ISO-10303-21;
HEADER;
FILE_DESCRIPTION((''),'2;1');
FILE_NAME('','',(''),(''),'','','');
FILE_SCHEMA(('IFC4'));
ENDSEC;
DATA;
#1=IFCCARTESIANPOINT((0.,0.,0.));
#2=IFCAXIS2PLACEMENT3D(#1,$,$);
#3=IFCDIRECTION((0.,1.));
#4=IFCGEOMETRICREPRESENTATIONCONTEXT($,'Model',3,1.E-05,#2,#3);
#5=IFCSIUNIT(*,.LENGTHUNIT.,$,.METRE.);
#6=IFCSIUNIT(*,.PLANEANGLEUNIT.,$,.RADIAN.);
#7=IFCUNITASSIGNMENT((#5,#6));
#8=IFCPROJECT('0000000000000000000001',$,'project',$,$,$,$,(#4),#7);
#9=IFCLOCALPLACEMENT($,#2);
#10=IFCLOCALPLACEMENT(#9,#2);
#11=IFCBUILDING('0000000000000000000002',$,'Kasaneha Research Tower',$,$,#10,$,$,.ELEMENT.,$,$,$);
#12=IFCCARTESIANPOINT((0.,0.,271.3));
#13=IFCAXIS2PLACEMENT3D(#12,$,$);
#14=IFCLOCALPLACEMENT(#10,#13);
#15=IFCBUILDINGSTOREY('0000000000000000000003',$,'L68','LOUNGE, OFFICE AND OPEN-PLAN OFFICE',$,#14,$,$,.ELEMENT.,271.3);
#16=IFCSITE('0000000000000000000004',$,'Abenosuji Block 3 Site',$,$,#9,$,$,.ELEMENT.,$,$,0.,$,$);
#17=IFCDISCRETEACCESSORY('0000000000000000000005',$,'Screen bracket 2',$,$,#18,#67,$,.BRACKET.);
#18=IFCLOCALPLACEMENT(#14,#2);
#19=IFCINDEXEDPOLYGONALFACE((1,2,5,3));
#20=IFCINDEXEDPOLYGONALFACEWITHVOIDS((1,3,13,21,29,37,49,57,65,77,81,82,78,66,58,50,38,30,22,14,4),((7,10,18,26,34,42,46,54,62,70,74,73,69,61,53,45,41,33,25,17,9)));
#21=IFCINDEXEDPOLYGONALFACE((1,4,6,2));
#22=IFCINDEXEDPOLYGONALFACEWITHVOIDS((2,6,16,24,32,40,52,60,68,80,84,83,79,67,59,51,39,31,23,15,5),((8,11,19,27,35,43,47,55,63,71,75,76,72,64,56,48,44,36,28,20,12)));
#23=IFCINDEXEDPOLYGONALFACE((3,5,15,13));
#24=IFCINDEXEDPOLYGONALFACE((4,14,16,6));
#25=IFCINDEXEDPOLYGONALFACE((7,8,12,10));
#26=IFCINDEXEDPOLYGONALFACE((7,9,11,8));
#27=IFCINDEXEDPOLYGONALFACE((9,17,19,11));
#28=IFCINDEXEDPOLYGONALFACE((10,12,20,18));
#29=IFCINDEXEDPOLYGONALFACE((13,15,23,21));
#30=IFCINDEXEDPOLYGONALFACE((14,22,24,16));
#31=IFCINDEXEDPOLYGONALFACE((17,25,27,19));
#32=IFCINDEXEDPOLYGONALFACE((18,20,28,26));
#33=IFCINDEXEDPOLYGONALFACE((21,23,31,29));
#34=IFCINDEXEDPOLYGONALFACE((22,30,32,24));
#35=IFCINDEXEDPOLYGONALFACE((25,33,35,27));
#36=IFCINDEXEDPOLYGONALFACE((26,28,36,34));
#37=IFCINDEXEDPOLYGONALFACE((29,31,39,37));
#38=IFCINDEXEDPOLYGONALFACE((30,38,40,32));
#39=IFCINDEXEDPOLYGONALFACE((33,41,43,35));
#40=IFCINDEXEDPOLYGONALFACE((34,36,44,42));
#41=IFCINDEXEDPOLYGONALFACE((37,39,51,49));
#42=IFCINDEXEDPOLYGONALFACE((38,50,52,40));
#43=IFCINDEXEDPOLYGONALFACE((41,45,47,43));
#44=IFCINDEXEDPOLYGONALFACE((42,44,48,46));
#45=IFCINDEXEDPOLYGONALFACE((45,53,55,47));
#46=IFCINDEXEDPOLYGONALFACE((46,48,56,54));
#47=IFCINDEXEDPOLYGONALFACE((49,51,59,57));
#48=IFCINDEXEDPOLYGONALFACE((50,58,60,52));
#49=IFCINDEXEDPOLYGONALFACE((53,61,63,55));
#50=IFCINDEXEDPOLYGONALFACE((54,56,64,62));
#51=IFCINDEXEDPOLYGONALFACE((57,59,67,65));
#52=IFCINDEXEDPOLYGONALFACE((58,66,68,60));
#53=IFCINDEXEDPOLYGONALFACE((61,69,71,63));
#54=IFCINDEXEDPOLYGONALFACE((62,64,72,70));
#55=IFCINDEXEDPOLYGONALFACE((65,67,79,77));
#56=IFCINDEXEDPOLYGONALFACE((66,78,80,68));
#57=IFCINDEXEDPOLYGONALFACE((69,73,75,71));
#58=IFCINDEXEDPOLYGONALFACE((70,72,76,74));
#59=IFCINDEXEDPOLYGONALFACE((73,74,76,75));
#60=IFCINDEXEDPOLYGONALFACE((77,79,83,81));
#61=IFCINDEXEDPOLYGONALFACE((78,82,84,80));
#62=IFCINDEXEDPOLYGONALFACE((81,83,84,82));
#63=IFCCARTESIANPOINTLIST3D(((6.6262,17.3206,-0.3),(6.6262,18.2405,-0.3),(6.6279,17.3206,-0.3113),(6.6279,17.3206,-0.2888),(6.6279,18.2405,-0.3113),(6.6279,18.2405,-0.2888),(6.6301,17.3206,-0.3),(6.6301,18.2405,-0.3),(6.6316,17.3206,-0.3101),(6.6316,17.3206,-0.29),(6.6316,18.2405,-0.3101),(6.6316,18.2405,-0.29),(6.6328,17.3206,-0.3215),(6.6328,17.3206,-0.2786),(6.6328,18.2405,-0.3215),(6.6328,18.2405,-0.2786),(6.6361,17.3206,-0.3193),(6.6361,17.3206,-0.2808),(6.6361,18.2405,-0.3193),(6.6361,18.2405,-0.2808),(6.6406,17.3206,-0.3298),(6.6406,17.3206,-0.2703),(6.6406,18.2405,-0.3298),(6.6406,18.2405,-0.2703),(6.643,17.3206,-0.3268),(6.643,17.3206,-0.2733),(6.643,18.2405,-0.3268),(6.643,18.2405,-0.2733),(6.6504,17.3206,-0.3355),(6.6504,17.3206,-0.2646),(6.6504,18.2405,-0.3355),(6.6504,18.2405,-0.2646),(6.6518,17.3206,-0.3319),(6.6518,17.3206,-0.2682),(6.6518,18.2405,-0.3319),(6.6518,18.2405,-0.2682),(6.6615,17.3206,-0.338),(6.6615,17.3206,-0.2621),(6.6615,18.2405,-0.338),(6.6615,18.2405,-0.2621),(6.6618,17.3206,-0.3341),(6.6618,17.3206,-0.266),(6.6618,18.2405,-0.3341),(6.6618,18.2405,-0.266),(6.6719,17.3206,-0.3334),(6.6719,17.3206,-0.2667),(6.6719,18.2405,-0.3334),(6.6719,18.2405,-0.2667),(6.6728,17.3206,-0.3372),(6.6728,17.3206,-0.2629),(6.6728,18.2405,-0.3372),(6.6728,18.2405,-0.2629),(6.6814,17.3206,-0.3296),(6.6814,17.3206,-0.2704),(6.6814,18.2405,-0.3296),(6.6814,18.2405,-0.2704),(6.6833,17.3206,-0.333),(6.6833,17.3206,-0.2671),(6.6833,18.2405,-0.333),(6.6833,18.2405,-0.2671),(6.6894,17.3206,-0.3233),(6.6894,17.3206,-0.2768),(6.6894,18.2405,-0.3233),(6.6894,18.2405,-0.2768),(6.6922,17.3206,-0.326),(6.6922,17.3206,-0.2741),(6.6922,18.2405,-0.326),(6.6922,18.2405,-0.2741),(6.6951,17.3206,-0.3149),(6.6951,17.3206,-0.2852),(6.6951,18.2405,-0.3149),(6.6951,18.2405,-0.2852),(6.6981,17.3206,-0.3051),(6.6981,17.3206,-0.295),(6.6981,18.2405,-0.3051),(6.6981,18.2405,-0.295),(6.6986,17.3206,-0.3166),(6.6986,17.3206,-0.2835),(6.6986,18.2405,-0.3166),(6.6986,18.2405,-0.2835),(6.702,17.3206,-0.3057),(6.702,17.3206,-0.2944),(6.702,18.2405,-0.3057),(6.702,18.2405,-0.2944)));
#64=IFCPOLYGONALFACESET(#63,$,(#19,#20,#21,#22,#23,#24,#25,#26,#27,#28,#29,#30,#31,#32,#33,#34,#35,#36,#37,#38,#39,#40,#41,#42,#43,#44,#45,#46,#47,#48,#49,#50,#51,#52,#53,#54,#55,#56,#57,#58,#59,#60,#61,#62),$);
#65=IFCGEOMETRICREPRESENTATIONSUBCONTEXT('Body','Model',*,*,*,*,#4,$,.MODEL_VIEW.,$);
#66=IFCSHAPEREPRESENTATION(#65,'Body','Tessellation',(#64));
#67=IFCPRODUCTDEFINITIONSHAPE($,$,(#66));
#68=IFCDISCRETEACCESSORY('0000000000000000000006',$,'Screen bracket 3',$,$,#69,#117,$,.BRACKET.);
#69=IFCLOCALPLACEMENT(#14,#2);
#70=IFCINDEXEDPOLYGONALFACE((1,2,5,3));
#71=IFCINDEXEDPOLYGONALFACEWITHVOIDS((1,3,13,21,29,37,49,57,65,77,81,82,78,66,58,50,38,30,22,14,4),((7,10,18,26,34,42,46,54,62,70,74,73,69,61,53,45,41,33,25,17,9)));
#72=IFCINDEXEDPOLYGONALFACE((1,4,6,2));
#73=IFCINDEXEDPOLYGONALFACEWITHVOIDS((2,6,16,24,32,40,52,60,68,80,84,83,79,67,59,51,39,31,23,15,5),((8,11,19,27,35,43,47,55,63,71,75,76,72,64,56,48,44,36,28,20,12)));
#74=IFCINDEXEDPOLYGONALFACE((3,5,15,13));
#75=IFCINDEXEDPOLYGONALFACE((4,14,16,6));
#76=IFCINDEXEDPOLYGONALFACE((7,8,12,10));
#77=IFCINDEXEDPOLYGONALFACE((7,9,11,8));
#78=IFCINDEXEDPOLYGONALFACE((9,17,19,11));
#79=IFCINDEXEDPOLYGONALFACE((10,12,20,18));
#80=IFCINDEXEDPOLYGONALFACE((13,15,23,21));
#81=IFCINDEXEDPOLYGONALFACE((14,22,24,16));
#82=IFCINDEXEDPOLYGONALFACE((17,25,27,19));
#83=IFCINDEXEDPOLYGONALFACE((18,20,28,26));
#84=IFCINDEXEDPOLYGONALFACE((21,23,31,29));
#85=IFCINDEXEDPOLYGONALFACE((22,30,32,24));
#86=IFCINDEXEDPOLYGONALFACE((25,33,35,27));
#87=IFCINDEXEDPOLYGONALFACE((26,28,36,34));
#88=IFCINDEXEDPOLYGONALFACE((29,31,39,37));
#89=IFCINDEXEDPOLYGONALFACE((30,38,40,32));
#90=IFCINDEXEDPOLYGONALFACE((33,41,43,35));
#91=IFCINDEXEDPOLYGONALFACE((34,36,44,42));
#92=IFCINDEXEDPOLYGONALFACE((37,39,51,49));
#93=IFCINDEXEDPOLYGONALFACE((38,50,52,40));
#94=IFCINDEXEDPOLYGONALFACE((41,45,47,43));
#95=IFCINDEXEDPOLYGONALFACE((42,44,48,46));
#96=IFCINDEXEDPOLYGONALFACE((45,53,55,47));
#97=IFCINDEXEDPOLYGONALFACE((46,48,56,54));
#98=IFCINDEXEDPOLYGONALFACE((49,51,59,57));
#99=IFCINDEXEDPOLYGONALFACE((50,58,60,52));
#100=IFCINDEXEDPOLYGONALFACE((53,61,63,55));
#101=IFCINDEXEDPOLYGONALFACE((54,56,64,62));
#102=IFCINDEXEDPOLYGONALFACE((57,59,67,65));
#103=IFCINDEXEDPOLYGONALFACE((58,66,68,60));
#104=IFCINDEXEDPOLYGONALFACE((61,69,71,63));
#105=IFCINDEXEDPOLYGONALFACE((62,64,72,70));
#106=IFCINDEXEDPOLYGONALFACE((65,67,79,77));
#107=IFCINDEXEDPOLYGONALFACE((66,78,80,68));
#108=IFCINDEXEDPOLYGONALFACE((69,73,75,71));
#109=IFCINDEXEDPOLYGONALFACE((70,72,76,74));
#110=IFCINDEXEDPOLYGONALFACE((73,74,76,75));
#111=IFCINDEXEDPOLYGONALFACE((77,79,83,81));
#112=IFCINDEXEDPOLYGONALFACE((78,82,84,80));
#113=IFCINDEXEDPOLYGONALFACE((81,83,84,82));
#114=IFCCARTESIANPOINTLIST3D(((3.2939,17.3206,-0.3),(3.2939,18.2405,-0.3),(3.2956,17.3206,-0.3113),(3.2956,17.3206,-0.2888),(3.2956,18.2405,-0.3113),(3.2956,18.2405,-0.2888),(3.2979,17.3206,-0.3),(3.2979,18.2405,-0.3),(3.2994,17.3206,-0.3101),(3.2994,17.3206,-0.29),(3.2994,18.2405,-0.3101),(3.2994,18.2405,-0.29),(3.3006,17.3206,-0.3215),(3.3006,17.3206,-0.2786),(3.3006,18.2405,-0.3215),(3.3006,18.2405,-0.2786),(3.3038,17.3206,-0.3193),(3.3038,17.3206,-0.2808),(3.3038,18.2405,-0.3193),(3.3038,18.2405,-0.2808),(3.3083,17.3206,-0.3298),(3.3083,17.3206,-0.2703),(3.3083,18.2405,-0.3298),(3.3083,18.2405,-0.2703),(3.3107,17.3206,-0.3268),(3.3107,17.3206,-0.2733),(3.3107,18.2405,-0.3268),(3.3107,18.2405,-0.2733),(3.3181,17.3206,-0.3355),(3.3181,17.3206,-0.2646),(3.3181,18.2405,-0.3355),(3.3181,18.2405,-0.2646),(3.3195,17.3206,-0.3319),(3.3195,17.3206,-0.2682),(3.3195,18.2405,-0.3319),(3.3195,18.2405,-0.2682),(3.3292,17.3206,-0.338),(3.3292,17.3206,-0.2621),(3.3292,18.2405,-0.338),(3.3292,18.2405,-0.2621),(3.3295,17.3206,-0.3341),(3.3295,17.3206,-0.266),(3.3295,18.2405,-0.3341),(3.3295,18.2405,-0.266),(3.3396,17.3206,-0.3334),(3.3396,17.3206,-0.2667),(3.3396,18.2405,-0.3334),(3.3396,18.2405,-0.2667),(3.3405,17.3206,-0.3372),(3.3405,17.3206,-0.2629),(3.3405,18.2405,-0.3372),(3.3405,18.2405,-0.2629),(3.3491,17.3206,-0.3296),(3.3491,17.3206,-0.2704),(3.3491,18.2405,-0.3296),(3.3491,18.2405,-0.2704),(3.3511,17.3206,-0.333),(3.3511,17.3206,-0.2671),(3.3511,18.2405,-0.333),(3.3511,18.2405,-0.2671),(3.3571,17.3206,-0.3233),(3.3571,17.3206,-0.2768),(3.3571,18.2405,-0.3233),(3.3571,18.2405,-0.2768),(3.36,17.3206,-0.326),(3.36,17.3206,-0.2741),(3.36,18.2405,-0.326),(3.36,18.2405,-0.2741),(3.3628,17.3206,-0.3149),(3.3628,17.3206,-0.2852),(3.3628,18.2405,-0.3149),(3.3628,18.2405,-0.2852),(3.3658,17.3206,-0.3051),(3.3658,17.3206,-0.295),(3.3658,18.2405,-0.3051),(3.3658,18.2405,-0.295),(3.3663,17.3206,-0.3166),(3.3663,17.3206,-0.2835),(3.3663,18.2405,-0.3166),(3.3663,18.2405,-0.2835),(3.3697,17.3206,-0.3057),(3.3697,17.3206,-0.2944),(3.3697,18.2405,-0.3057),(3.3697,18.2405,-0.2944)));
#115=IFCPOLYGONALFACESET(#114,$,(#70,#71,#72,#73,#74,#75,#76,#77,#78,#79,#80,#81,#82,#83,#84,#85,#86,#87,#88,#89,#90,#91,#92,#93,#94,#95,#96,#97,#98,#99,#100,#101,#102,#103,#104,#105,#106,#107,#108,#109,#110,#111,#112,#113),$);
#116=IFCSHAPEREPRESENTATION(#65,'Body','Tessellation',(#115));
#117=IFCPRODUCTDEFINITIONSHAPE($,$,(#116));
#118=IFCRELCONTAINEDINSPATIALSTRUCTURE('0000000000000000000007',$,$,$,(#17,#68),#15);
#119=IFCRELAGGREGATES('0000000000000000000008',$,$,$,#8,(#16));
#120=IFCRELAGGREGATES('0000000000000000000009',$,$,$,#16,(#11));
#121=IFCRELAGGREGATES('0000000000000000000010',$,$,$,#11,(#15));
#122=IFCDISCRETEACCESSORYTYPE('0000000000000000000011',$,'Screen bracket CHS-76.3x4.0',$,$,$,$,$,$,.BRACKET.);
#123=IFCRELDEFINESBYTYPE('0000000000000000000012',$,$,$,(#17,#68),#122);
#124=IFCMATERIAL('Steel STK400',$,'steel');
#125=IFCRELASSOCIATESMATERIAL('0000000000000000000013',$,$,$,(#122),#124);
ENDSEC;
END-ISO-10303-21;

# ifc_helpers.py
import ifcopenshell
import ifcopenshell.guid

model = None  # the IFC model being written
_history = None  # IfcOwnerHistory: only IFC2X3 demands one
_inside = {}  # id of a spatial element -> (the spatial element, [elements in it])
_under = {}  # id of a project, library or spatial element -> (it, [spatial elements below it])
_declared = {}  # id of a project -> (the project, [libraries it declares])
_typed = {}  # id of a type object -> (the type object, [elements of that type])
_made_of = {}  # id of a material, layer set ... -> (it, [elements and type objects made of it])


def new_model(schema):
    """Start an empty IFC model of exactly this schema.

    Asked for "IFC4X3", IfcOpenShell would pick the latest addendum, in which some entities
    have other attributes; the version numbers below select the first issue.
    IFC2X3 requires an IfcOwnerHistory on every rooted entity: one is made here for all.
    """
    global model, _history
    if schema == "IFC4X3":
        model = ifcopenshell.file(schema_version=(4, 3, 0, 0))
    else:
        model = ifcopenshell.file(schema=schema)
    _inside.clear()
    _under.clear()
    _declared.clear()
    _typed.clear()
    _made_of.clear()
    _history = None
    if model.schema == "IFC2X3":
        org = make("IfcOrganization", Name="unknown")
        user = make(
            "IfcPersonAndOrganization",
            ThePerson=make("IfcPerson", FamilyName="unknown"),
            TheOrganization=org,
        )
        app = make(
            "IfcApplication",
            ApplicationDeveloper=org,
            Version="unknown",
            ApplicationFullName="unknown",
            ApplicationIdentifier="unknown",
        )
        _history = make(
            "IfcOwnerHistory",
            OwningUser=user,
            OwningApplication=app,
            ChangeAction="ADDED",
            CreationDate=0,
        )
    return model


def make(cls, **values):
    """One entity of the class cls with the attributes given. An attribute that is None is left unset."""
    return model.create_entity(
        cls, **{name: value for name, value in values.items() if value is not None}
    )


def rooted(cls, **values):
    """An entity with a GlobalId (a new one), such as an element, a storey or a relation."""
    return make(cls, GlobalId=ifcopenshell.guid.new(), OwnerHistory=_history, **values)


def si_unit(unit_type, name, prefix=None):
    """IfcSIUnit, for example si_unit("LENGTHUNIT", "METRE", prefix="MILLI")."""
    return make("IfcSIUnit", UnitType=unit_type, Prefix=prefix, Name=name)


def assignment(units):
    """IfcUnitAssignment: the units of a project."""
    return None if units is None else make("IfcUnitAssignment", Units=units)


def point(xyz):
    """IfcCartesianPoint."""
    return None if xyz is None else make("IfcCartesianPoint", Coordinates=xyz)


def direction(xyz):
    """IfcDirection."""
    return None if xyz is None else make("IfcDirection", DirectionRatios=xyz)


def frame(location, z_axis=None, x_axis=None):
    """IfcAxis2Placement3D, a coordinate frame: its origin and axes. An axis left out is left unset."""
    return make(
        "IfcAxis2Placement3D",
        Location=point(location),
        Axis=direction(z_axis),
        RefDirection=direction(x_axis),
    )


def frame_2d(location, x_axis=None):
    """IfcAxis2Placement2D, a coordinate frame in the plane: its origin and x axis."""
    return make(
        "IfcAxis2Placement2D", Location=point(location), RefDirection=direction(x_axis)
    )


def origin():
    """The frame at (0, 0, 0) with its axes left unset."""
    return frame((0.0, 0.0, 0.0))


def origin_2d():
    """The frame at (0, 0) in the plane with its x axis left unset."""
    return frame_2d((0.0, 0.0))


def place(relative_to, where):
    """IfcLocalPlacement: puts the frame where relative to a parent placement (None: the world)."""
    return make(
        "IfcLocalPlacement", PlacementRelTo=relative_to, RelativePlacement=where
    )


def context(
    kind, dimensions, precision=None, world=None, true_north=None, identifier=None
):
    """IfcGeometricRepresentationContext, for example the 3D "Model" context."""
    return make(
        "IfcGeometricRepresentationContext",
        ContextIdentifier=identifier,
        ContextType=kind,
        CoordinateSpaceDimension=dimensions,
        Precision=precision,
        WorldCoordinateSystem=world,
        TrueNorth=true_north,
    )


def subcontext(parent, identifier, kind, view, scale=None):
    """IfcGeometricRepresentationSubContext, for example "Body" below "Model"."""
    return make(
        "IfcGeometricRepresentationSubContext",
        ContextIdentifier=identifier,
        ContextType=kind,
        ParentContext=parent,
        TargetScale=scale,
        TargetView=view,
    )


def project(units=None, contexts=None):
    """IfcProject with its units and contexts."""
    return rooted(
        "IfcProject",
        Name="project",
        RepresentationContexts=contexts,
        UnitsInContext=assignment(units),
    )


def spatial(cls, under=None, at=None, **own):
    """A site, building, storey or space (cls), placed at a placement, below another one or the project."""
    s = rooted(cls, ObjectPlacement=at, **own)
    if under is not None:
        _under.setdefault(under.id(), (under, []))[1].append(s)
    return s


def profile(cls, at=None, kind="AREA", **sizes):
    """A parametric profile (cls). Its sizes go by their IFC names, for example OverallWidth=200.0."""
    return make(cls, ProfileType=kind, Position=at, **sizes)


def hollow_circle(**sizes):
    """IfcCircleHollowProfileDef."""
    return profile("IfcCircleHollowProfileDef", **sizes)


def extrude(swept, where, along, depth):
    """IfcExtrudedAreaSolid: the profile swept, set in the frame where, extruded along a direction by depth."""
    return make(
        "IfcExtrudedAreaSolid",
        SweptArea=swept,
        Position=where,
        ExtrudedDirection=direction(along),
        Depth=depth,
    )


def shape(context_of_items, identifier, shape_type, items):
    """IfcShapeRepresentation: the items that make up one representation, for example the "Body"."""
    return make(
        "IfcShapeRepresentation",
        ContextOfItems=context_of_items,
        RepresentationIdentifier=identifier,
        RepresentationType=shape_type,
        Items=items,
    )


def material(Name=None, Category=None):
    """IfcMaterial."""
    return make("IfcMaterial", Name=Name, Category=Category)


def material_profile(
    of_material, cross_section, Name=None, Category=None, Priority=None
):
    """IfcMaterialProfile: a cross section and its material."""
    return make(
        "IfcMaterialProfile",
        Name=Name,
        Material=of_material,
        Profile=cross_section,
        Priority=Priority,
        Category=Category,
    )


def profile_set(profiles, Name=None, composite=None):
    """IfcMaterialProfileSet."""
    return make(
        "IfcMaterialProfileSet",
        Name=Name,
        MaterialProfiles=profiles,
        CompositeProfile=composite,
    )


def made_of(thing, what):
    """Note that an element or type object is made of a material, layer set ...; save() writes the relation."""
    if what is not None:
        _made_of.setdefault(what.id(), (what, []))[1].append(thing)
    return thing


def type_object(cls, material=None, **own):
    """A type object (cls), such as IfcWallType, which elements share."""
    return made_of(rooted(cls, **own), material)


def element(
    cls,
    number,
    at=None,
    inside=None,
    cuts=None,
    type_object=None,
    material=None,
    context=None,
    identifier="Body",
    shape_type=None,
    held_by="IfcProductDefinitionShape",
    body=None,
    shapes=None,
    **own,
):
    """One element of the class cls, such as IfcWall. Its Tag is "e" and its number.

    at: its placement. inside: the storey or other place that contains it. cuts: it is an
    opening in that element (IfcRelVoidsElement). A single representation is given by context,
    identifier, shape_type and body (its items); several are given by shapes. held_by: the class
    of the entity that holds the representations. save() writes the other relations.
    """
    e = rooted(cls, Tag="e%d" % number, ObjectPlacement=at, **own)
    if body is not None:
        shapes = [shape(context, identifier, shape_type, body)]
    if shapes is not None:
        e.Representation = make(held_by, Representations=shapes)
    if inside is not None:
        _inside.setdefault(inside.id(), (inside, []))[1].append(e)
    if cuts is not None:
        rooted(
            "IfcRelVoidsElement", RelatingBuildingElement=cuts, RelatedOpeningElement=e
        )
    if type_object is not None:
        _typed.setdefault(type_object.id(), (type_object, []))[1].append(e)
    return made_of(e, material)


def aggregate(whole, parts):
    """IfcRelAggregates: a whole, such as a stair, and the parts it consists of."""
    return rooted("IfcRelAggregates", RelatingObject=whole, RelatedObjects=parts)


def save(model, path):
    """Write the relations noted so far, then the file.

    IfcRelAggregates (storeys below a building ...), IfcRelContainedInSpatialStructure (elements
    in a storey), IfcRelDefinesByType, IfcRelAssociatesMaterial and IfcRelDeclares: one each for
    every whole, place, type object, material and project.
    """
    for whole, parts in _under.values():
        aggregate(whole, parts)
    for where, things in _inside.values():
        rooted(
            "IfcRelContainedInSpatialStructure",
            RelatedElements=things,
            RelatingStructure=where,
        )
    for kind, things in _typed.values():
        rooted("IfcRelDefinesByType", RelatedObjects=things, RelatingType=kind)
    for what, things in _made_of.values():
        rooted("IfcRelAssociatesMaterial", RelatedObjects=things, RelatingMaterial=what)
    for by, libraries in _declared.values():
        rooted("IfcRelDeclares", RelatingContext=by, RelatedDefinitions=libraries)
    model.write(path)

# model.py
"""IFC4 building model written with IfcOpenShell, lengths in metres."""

from ifc_helpers import new_model, si_unit, direction, frame, origin, origin_2d, place, context, subcontext, project, spatial, hollow_circle, extrude, material, material_profile, profile_set, type_object, element, save


model = new_model("IFC4")

# Units and contexts
model_context = context("Model", 3, precision=1e-05, world=origin(), true_north=direction((0.0, 1.0)))
body_context = subcontext(model_context, "Body", "Model", "MODEL_VIEW")
ifc_project = project(units=[si_unit("LENGTHUNIT", "METRE"), si_unit("PLANEANGLEUNIT", "RADIAN")], contexts=[model_context])

# Site, building, storey
site_placement = place(None, origin())
site = spatial("IfcSite", under=ifc_project, at=site_placement, Name="Abenosuji Block 3 Site", CompositionType="ELEMENT", RefElevation=0.0)
building_placement = place(site_placement, origin())
building = spatial("IfcBuilding", under=site, at=building_placement, Name="Kasaneha Research Tower", CompositionType="ELEMENT")
storey_placement = place(building_placement, frame((0.0, 0.0, 271.3)))
storey = spatial("IfcBuildingStorey", under=building, at=storey_placement, Name="L68", Description="LOUNGE, OFFICE AND OPEN-PLAN OFFICE", CompositionType="ELEMENT", Elevation=271.3)

# Discrete accessories
ifc_material_1 = material(Name="Steel STK400", Category="steel")
ifc_material_profile_1 = material_profile(ifc_material_1, hollow_circle(Radius=0.0381, WallThickness=0.0039, at=origin_2d()), Name="CHS-76.3x4.0")
ifc_profile_set_1 = profile_set([ifc_material_profile_1], Name="Steel STK400")
discrete_accessory_type = type_object("IfcDiscreteAccessoryType", Name="Screen bracket CHS-76.3x4.0", PredefinedType="BRACKET", material=ifc_profile_set_1)
for number, where, z_axis, x_axis, name in (
    (1, (6.6643, 17.3206, -0.3), (0.0, 1.0, 0.0), (-1.0, 0.0, 0.0), "Screen bracket 2"),
    (2, (3.332, 17.3206, -0.3), (0.0, 1.0, 0.0), (-1.0, 0.0, 0.0), "Screen bracket 3"),
):
    element("IfcDiscreteAccessory", number, at=place(storey_placement, frame(where, z_axis=z_axis, x_axis=x_axis)), inside=storey, type_object=discrete_accessory_type, Name=name, PredefinedType="BRACKET", context=body_context, shape_type="SweptSolid", body=[
        extrude(hollow_circle(Radius=0.0381, WallThickness=0.0039, at=origin_2d()), origin(), (0.0, 0.0, 1.0), 0.9199),
    ])

save(model, "model.ifc")
